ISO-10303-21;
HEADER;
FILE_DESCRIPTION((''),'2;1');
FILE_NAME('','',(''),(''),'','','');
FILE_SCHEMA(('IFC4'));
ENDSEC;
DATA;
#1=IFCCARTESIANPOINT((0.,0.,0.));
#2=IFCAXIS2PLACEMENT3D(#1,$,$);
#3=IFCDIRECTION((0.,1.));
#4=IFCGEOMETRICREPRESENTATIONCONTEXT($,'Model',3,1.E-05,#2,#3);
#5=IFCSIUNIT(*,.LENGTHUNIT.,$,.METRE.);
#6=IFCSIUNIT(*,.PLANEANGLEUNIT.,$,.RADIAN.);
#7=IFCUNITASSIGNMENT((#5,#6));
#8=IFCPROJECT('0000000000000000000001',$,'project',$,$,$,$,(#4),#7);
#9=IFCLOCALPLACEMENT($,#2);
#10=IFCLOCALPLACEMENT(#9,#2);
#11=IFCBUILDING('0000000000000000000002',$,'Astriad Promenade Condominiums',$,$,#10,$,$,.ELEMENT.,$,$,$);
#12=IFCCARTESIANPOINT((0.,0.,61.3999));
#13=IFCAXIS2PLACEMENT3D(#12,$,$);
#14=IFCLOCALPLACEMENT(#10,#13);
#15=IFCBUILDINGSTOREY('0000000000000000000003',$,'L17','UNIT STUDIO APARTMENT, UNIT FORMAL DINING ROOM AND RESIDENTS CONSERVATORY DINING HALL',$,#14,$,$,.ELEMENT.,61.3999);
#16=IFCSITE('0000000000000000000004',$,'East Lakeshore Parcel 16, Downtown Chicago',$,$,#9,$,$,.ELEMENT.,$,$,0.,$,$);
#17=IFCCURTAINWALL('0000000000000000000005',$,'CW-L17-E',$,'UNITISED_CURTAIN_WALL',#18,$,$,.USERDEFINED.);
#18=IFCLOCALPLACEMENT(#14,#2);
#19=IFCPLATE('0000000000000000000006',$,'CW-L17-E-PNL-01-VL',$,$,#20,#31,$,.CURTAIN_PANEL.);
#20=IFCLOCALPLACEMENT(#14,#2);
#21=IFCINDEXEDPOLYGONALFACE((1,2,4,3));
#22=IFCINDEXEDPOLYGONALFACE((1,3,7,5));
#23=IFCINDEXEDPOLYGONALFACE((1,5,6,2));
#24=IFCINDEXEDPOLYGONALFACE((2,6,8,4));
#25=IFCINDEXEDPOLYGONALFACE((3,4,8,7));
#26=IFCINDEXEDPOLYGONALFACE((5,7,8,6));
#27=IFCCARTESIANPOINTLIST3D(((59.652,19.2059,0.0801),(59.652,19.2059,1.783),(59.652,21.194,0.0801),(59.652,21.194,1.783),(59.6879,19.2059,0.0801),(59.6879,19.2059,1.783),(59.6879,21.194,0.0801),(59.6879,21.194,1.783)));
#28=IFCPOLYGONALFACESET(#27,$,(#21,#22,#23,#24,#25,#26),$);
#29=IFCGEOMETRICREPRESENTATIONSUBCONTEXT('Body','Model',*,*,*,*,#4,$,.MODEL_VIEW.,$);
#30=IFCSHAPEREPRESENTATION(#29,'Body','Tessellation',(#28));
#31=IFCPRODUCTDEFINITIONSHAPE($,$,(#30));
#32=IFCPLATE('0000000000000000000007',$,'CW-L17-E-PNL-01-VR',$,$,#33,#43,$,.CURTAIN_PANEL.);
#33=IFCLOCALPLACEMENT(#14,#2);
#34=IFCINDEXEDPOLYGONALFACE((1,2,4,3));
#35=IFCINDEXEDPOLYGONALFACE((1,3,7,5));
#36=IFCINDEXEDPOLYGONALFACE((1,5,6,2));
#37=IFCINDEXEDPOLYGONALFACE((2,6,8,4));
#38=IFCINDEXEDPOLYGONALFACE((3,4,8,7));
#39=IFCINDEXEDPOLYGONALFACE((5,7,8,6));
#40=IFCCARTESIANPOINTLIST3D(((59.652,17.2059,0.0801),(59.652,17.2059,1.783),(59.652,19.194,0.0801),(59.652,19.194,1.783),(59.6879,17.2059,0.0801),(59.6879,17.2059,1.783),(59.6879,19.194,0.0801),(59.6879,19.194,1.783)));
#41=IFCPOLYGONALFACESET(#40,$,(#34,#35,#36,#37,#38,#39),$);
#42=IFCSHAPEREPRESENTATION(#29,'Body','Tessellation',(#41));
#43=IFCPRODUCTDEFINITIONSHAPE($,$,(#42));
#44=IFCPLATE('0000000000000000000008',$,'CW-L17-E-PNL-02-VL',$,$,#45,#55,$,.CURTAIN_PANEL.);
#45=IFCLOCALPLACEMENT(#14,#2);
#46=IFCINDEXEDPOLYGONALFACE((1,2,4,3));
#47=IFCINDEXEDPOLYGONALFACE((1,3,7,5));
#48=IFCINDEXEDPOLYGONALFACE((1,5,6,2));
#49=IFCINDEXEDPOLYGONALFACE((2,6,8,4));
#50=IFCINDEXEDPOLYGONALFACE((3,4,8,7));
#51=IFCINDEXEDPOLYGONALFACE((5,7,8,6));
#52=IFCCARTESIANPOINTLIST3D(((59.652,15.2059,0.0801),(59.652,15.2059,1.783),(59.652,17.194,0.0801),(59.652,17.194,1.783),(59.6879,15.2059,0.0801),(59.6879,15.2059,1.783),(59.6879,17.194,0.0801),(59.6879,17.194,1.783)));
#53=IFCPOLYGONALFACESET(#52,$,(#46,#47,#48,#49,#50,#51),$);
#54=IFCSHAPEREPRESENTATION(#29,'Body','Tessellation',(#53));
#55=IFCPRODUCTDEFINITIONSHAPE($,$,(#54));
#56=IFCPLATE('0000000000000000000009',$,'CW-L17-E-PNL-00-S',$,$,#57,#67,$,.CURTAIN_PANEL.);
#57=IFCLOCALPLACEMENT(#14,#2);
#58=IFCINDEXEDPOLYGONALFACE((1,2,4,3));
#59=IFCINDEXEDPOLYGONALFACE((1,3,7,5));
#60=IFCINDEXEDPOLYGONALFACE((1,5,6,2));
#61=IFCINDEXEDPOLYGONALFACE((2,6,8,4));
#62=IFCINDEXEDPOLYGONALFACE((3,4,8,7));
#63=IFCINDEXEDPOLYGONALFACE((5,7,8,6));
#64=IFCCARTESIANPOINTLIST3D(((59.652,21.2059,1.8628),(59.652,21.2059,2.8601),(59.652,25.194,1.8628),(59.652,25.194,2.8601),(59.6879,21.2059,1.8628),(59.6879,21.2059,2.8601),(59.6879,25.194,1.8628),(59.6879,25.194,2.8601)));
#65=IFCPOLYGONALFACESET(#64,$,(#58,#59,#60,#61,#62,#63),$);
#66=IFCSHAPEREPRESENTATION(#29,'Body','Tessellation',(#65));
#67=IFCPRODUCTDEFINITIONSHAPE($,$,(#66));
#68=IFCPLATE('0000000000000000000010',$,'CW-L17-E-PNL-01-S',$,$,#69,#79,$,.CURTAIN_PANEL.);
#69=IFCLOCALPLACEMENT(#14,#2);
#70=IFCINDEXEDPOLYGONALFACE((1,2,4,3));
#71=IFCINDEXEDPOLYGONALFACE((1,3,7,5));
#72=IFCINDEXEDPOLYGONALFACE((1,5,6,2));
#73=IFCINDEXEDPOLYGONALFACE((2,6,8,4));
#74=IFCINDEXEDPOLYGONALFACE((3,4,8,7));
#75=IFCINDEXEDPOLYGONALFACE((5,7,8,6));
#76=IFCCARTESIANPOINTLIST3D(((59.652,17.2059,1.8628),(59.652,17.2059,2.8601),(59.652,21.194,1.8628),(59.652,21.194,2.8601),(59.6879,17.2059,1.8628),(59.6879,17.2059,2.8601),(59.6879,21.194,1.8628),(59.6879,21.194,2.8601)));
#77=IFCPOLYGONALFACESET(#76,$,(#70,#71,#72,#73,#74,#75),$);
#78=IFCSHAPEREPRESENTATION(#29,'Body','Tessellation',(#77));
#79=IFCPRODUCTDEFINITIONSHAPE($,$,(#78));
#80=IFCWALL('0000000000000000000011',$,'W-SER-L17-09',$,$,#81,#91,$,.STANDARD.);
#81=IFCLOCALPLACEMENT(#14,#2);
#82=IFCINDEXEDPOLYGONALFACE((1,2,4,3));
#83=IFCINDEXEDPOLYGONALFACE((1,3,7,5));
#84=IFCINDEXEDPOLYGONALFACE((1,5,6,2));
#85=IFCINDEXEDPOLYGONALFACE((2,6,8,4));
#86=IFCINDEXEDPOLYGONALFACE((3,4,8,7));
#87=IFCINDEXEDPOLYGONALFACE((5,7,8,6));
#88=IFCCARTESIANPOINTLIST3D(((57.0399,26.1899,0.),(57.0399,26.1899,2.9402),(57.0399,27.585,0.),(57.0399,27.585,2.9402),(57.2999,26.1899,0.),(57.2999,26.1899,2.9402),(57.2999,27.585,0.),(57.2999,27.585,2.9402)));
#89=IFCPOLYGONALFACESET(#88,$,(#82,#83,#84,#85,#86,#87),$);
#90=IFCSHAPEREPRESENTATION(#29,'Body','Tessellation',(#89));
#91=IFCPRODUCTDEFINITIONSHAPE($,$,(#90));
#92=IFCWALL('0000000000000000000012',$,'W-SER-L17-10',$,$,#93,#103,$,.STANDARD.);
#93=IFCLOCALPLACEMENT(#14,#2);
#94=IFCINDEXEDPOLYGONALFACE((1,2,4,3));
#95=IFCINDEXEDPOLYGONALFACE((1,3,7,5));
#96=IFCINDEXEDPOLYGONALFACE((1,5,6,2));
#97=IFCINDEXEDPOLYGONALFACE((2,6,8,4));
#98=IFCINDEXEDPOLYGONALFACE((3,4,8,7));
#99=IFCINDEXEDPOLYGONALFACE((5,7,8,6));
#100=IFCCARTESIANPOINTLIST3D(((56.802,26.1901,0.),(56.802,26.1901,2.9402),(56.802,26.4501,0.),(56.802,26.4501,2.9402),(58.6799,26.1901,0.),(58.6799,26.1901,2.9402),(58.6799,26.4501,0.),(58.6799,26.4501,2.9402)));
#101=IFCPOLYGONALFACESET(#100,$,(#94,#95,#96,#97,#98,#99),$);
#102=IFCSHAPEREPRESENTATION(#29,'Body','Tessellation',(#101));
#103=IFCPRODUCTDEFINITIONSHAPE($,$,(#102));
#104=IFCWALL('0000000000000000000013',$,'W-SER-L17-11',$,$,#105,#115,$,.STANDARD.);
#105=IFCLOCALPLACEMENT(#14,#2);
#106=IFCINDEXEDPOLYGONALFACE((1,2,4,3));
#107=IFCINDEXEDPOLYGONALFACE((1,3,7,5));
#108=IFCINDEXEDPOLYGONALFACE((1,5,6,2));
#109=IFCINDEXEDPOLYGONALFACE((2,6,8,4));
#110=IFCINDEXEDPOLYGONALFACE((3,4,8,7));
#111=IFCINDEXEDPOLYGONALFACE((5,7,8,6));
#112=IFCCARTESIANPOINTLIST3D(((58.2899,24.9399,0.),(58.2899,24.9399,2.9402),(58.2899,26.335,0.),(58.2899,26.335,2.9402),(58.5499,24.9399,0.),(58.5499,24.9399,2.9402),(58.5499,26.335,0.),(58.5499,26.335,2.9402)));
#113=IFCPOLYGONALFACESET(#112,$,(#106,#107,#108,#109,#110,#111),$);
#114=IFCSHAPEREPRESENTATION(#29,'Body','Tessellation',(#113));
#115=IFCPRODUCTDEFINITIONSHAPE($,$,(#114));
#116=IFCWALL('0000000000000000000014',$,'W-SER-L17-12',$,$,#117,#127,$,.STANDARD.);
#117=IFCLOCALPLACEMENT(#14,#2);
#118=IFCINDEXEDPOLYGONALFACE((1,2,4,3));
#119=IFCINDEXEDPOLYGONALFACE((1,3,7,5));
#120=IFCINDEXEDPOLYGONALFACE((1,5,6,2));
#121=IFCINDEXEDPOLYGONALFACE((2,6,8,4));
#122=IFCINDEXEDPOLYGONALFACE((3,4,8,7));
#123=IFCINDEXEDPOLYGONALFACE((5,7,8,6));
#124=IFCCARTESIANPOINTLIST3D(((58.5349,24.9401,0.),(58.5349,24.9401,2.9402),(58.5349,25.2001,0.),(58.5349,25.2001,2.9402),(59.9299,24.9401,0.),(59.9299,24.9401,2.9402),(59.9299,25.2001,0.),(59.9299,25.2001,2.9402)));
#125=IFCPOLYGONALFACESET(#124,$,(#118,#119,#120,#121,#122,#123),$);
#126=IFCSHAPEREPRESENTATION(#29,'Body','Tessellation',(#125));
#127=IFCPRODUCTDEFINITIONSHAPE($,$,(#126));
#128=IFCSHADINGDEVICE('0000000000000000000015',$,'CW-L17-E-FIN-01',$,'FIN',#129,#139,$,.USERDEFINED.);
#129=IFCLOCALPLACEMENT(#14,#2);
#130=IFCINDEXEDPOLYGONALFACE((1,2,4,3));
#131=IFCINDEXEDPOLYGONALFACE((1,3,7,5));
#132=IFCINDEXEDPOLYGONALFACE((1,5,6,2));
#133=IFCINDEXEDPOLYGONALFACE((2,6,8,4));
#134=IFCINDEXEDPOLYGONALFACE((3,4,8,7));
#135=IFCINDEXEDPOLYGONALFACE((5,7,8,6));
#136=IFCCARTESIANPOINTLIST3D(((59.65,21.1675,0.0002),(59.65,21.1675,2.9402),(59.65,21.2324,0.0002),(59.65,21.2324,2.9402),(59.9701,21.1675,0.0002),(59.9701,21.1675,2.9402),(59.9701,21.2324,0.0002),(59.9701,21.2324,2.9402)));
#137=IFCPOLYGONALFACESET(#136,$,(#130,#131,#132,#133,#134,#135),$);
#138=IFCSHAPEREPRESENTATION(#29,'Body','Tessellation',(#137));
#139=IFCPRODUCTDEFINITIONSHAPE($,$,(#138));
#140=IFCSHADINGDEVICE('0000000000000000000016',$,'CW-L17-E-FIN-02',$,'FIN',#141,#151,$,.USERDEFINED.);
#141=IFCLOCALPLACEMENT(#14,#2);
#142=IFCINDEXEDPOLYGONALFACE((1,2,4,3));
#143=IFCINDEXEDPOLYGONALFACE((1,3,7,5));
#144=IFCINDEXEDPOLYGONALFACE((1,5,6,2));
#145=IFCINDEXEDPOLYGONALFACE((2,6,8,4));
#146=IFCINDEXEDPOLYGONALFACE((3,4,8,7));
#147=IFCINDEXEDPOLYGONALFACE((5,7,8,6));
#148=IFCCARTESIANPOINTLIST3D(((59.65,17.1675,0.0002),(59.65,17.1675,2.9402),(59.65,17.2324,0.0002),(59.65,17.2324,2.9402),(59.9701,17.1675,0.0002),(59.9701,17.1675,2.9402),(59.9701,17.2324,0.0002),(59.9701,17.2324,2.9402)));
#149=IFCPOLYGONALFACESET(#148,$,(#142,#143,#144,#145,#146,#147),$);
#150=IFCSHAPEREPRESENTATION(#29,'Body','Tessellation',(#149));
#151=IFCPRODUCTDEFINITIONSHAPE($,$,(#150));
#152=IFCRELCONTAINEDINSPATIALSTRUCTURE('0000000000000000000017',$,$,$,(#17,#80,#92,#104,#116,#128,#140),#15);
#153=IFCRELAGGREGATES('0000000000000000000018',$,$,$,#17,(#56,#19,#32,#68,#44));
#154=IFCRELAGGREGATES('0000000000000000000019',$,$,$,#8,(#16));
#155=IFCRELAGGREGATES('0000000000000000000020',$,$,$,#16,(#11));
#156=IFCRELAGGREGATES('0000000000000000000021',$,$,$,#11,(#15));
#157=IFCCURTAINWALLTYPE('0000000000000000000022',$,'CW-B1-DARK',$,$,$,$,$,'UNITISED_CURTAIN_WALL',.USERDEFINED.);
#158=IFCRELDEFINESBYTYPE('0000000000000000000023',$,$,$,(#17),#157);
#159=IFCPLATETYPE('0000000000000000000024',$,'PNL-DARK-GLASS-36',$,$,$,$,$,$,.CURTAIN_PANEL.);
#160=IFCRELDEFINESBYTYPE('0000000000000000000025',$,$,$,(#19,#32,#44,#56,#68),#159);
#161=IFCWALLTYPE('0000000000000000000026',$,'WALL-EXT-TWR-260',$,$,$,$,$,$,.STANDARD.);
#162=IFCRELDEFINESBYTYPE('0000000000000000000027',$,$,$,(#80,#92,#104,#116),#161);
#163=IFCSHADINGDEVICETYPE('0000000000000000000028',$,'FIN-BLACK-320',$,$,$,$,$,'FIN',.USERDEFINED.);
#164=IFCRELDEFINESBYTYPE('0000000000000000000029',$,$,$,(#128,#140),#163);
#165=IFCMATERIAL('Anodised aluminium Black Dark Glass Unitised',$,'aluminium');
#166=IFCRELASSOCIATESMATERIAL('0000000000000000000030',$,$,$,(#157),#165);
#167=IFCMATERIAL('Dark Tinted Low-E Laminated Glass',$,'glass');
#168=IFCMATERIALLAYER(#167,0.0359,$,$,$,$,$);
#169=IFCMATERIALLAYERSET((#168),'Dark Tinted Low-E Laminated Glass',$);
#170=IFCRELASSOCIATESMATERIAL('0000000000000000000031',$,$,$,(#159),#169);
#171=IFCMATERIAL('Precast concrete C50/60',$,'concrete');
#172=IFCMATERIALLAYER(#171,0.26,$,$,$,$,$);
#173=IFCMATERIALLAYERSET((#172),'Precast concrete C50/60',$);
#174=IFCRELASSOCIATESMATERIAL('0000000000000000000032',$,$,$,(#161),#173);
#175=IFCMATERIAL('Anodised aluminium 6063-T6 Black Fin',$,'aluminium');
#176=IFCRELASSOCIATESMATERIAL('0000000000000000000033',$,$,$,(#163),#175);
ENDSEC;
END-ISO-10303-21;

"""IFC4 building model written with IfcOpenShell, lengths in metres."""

from ifc_helpers import new_model, si_unit, direction, frame, frame_2d, origin, origin_2d, place, context, subcontext, project, spatial, rectangle, extrude, source, transform, mapped, material, layer, layer_set, type_object, type_shapes, element, aggregate, save


model = new_model("IFC4")

# Units and contexts
model_context = context("Model", 3, precision=1e-05, world=origin(), true_north=direction((0.0, 1.0)))
body_context = subcontext(model_context, "Body", "Model", "MODEL_VIEW")
ifc_project = project(units=[si_unit("LENGTHUNIT", "METRE"), si_unit("PLANEANGLEUNIT", "RADIAN")], contexts=[model_context])

# Site, building, storey
site_placement = place(None, origin())
site = spatial("IfcSite", under=ifc_project, at=site_placement, Name="East Lakeshore Parcel 16, Downtown Chicago", CompositionType="ELEMENT", RefElevation=0.0)
building_placement = place(site_placement, origin())
building = spatial("IfcBuilding", under=site, at=building_placement, Name="Astriad Promenade Condominiums", CompositionType="ELEMENT")
storey_placement = place(building_placement, frame((0.0, 0.0, 61.3999)))
storey = spatial("IfcBuildingStorey", under=building, at=storey_placement, Name="L17", Description="UNIT STUDIO APARTMENT, UNIT FORMAL DINING ROOM AND RESIDENTS CONSERVATORY DINING HALL", CompositionType="ELEMENT", Elevation=61.3999)

# Curtain wall, plates
ifc_material_1 = material(Name="Anodised aluminium Black Dark Glass Unitised", Category="aluminium")
curtain_wall_type = type_object("IfcCurtainWallType", Name="CW-B1-DARK", ElementType="UNITISED_CURTAIN_WALL", PredefinedType="USERDEFINED", material=ifc_material_1)
curtain_wall_placement = place(storey_placement, origin())
curtain_wall = element("IfcCurtainWall", 1, at=curtain_wall_placement, inside=storey, type_object=curtain_wall_type, Name="CW-L17-E", ObjectType="UNITISED_CURTAIN_WALL", PredefinedType="USERDEFINED")
ifc_material_2 = material(Name="Dark Tinted Low-E Laminated Glass", Category="glass")
ifc_layer_1 = layer(ifc_material_2, 0.0359)
ifc_layer_set_1 = layer_set([ifc_layer_1], Name="Dark Tinted Low-E Laminated Glass")
plate_type = type_object("IfcPlateType", Name="PNL-DARK-GLASS-36", PredefinedType="CURTAIN_PANEL", material=ifc_layer_set_1)
shared_shape_1 = source(origin(), body_context, "Body", "SweptSolid", [
    extrude(rectangle(XDim=1.988, YDim=0.0359, at=origin_2d()), origin(), (0.0, 0.0, 1.0), 1.7029),
])
plate_1_placement = place(storey_placement, frame((59.6699, 20.2, 0.0801), z_axis=(0.0, 0.0, 1.0), x_axis=(0.0, -1.0, 0.0)))
plate_1 = element("IfcPlate", 2, at=plate_1_placement, type_object=plate_type, Name="CW-L17-E-PNL-01-VL", PredefinedType="CURTAIN_PANEL", context=body_context, shape_type="MappedRepresentation", body=[
    mapped(shared_shape_1, transform((0.0, 0.0, 0.0), scale=1.0)),
])
plate_2_placement = place(storey_placement, frame((59.6699, 18.2, 0.0801), z_axis=(0.0, 0.0, 1.0), x_axis=(0.0, -1.0, 0.0)))
plate_2 = element("IfcPlate", 3, at=plate_2_placement, type_object=plate_type, Name="CW-L17-E-PNL-01-VR", PredefinedType="CURTAIN_PANEL", context=body_context, shape_type="MappedRepresentation", body=[
    mapped(shared_shape_1, transform((0.0, 0.0, 0.0), scale=1.0)),
])
plate_3_placement = place(storey_placement, frame((59.6699, 16.2, 0.0801), z_axis=(0.0, 0.0, 1.0), x_axis=(0.0, -1.0, 0.0)))
plate_3 = element("IfcPlate", 4, at=plate_3_placement, type_object=plate_type, Name="CW-L17-E-PNL-02-VL", PredefinedType="CURTAIN_PANEL", context=body_context, shape_type="MappedRepresentation", body=[
    mapped(shared_shape_1, transform((0.0, 0.0, 0.0), scale=1.0)),
])
shared_shape_2 = source(origin(), body_context, "Body", "SweptSolid", [
    extrude(rectangle(XDim=3.988, YDim=0.0359, at=origin_2d()), origin(), (0.0, 0.0, 1.0), 0.9973),
])
type_shapes(plate_type, [shared_shape_1, shared_shape_2])
plate_4_placement = place(storey_placement, frame((59.6699, 23.2, 1.8628), z_axis=(0.0, 0.0, 1.0), x_axis=(0.0, -1.0, 0.0)))
plate_4 = element("IfcPlate", 5, at=plate_4_placement, type_object=plate_type, Name="CW-L17-E-PNL-00-S", PredefinedType="CURTAIN_PANEL", context=body_context, shape_type="MappedRepresentation", body=[
    mapped(shared_shape_2, transform((0.0, 0.0, 0.0), scale=1.0)),
])
plate_5_placement = place(storey_placement, frame((59.6699, 19.2, 1.8628), z_axis=(0.0, 0.0, 1.0), x_axis=(0.0, -1.0, 0.0)))
plate_5 = element("IfcPlate", 6, at=plate_5_placement, type_object=plate_type, Name="CW-L17-E-PNL-01-S", PredefinedType="CURTAIN_PANEL", context=body_context, shape_type="MappedRepresentation", body=[
    mapped(shared_shape_2, transform((0.0, 0.0, 0.0), scale=1.0)),
])
aggregate(curtain_wall, [plate_4, plate_1, plate_2, plate_5, plate_3])

# Walls
ifc_material_3 = material(Name="Precast concrete C50/60", Category="concrete")
ifc_layer_2 = layer(ifc_material_3, 0.26)
ifc_layer_set_2 = layer_set([ifc_layer_2], Name="Precast concrete C50/60")
wall_type = type_object("IfcWallType", Name="WALL-EXT-TWR-260", PredefinedType="STANDARD", material=ifc_layer_set_2)
wall_1_placement = place(storey_placement, frame((57.1699, 27.585, 0.0), z_axis=(0.0, 0.0, 1.0), x_axis=(0.0, -1.0, 0.0)))
element("IfcWall", 7, at=wall_1_placement, inside=storey, type_object=wall_type, Name="W-SER-L17-09", PredefinedType="STANDARD", context=body_context, shape_type="SweptSolid", body=[
    extrude(rectangle(XDim=1.395, YDim=0.26, at=frame_2d((0.6975, 0.0))), origin(), (0.0, 0.0, 1.0), 2.9402),
])
wall_2_placement = place(storey_placement, frame((56.802, 26.3201, 0.0), z_axis=(0.0, 0.0, 1.0), x_axis=(1.0, 0.0, 0.0)))
element("IfcWall", 8, at=wall_2_placement, inside=storey, type_object=wall_type, Name="W-SER-L17-10", PredefinedType="STANDARD", context=body_context, shape_type="SweptSolid", body=[
    extrude(rectangle(XDim=1.8779, YDim=0.26, at=frame_2d((0.939, 0.0))), origin(), (0.0, 0.0, 1.0), 2.9402),
])
for number, where, z_axis, x_axis, name in (
    (9, (58.4199, 26.335, 0.0), (0.0, 0.0, 1.0), (0.0, -1.0, 0.0), "W-SER-L17-11"),
    (10, (58.5349, 25.0701, 0.0), (0.0, 0.0, 1.0), (1.0, 0.0, 0.0), "W-SER-L17-12"),
):
    element("IfcWall", number, at=place(storey_placement, frame(where, z_axis=z_axis, x_axis=x_axis)), inside=storey, type_object=wall_type, Name=name, PredefinedType="STANDARD", context=body_context, shape_type="SweptSolid", body=[
        extrude(rectangle(XDim=1.395, YDim=0.26, at=frame_2d((0.6975, 0.0))), origin(), (0.0, 0.0, 1.0), 2.9402),
    ])

# Shading devices
ifc_material_4 = material(Name="Anodised aluminium 6063-T6 Black Fin", Category="aluminium")
shading_device_type = type_object("IfcShadingDeviceType", Name="FIN-BLACK-320", ElementType="FIN", PredefinedType="USERDEFINED", material=ifc_material_4)
shared_shape_3 = source(origin(), body_context, "Body", "SweptSolid", [
    extrude(rectangle(XDim=0.0649, YDim=0.3201, at=origin_2d()), origin(), (0.0, 0.0, 1.0), 2.9399),
])
type_shapes(shading_device_type, [shared_shape_3])
for number, where, z_axis, x_axis, name in (
    (11, (59.8101, 21.2, 0.0002), (0.0, 0.0, 1.0), (0.0, -1.0, 0.0), "CW-L17-E-FIN-01"),
    (12, (59.8101, 17.2, 0.0002), (0.0, 0.0, 1.0), (0.0, -1.0, 0.0), "CW-L17-E-FIN-02"),
):
    element("IfcShadingDevice", number, at=place(storey_placement, frame(where, z_axis=z_axis, x_axis=x_axis)), inside=storey, type_object=shading_device_type, Name=name, ObjectType="FIN", PredefinedType="USERDEFINED", context=body_context, shape_type="MappedRepresentation", body=[
        mapped(shared_shape_3, transform((0.0, 0.0, 0.0), scale=1.0)),
    ])

save(model, "model.ifc")
